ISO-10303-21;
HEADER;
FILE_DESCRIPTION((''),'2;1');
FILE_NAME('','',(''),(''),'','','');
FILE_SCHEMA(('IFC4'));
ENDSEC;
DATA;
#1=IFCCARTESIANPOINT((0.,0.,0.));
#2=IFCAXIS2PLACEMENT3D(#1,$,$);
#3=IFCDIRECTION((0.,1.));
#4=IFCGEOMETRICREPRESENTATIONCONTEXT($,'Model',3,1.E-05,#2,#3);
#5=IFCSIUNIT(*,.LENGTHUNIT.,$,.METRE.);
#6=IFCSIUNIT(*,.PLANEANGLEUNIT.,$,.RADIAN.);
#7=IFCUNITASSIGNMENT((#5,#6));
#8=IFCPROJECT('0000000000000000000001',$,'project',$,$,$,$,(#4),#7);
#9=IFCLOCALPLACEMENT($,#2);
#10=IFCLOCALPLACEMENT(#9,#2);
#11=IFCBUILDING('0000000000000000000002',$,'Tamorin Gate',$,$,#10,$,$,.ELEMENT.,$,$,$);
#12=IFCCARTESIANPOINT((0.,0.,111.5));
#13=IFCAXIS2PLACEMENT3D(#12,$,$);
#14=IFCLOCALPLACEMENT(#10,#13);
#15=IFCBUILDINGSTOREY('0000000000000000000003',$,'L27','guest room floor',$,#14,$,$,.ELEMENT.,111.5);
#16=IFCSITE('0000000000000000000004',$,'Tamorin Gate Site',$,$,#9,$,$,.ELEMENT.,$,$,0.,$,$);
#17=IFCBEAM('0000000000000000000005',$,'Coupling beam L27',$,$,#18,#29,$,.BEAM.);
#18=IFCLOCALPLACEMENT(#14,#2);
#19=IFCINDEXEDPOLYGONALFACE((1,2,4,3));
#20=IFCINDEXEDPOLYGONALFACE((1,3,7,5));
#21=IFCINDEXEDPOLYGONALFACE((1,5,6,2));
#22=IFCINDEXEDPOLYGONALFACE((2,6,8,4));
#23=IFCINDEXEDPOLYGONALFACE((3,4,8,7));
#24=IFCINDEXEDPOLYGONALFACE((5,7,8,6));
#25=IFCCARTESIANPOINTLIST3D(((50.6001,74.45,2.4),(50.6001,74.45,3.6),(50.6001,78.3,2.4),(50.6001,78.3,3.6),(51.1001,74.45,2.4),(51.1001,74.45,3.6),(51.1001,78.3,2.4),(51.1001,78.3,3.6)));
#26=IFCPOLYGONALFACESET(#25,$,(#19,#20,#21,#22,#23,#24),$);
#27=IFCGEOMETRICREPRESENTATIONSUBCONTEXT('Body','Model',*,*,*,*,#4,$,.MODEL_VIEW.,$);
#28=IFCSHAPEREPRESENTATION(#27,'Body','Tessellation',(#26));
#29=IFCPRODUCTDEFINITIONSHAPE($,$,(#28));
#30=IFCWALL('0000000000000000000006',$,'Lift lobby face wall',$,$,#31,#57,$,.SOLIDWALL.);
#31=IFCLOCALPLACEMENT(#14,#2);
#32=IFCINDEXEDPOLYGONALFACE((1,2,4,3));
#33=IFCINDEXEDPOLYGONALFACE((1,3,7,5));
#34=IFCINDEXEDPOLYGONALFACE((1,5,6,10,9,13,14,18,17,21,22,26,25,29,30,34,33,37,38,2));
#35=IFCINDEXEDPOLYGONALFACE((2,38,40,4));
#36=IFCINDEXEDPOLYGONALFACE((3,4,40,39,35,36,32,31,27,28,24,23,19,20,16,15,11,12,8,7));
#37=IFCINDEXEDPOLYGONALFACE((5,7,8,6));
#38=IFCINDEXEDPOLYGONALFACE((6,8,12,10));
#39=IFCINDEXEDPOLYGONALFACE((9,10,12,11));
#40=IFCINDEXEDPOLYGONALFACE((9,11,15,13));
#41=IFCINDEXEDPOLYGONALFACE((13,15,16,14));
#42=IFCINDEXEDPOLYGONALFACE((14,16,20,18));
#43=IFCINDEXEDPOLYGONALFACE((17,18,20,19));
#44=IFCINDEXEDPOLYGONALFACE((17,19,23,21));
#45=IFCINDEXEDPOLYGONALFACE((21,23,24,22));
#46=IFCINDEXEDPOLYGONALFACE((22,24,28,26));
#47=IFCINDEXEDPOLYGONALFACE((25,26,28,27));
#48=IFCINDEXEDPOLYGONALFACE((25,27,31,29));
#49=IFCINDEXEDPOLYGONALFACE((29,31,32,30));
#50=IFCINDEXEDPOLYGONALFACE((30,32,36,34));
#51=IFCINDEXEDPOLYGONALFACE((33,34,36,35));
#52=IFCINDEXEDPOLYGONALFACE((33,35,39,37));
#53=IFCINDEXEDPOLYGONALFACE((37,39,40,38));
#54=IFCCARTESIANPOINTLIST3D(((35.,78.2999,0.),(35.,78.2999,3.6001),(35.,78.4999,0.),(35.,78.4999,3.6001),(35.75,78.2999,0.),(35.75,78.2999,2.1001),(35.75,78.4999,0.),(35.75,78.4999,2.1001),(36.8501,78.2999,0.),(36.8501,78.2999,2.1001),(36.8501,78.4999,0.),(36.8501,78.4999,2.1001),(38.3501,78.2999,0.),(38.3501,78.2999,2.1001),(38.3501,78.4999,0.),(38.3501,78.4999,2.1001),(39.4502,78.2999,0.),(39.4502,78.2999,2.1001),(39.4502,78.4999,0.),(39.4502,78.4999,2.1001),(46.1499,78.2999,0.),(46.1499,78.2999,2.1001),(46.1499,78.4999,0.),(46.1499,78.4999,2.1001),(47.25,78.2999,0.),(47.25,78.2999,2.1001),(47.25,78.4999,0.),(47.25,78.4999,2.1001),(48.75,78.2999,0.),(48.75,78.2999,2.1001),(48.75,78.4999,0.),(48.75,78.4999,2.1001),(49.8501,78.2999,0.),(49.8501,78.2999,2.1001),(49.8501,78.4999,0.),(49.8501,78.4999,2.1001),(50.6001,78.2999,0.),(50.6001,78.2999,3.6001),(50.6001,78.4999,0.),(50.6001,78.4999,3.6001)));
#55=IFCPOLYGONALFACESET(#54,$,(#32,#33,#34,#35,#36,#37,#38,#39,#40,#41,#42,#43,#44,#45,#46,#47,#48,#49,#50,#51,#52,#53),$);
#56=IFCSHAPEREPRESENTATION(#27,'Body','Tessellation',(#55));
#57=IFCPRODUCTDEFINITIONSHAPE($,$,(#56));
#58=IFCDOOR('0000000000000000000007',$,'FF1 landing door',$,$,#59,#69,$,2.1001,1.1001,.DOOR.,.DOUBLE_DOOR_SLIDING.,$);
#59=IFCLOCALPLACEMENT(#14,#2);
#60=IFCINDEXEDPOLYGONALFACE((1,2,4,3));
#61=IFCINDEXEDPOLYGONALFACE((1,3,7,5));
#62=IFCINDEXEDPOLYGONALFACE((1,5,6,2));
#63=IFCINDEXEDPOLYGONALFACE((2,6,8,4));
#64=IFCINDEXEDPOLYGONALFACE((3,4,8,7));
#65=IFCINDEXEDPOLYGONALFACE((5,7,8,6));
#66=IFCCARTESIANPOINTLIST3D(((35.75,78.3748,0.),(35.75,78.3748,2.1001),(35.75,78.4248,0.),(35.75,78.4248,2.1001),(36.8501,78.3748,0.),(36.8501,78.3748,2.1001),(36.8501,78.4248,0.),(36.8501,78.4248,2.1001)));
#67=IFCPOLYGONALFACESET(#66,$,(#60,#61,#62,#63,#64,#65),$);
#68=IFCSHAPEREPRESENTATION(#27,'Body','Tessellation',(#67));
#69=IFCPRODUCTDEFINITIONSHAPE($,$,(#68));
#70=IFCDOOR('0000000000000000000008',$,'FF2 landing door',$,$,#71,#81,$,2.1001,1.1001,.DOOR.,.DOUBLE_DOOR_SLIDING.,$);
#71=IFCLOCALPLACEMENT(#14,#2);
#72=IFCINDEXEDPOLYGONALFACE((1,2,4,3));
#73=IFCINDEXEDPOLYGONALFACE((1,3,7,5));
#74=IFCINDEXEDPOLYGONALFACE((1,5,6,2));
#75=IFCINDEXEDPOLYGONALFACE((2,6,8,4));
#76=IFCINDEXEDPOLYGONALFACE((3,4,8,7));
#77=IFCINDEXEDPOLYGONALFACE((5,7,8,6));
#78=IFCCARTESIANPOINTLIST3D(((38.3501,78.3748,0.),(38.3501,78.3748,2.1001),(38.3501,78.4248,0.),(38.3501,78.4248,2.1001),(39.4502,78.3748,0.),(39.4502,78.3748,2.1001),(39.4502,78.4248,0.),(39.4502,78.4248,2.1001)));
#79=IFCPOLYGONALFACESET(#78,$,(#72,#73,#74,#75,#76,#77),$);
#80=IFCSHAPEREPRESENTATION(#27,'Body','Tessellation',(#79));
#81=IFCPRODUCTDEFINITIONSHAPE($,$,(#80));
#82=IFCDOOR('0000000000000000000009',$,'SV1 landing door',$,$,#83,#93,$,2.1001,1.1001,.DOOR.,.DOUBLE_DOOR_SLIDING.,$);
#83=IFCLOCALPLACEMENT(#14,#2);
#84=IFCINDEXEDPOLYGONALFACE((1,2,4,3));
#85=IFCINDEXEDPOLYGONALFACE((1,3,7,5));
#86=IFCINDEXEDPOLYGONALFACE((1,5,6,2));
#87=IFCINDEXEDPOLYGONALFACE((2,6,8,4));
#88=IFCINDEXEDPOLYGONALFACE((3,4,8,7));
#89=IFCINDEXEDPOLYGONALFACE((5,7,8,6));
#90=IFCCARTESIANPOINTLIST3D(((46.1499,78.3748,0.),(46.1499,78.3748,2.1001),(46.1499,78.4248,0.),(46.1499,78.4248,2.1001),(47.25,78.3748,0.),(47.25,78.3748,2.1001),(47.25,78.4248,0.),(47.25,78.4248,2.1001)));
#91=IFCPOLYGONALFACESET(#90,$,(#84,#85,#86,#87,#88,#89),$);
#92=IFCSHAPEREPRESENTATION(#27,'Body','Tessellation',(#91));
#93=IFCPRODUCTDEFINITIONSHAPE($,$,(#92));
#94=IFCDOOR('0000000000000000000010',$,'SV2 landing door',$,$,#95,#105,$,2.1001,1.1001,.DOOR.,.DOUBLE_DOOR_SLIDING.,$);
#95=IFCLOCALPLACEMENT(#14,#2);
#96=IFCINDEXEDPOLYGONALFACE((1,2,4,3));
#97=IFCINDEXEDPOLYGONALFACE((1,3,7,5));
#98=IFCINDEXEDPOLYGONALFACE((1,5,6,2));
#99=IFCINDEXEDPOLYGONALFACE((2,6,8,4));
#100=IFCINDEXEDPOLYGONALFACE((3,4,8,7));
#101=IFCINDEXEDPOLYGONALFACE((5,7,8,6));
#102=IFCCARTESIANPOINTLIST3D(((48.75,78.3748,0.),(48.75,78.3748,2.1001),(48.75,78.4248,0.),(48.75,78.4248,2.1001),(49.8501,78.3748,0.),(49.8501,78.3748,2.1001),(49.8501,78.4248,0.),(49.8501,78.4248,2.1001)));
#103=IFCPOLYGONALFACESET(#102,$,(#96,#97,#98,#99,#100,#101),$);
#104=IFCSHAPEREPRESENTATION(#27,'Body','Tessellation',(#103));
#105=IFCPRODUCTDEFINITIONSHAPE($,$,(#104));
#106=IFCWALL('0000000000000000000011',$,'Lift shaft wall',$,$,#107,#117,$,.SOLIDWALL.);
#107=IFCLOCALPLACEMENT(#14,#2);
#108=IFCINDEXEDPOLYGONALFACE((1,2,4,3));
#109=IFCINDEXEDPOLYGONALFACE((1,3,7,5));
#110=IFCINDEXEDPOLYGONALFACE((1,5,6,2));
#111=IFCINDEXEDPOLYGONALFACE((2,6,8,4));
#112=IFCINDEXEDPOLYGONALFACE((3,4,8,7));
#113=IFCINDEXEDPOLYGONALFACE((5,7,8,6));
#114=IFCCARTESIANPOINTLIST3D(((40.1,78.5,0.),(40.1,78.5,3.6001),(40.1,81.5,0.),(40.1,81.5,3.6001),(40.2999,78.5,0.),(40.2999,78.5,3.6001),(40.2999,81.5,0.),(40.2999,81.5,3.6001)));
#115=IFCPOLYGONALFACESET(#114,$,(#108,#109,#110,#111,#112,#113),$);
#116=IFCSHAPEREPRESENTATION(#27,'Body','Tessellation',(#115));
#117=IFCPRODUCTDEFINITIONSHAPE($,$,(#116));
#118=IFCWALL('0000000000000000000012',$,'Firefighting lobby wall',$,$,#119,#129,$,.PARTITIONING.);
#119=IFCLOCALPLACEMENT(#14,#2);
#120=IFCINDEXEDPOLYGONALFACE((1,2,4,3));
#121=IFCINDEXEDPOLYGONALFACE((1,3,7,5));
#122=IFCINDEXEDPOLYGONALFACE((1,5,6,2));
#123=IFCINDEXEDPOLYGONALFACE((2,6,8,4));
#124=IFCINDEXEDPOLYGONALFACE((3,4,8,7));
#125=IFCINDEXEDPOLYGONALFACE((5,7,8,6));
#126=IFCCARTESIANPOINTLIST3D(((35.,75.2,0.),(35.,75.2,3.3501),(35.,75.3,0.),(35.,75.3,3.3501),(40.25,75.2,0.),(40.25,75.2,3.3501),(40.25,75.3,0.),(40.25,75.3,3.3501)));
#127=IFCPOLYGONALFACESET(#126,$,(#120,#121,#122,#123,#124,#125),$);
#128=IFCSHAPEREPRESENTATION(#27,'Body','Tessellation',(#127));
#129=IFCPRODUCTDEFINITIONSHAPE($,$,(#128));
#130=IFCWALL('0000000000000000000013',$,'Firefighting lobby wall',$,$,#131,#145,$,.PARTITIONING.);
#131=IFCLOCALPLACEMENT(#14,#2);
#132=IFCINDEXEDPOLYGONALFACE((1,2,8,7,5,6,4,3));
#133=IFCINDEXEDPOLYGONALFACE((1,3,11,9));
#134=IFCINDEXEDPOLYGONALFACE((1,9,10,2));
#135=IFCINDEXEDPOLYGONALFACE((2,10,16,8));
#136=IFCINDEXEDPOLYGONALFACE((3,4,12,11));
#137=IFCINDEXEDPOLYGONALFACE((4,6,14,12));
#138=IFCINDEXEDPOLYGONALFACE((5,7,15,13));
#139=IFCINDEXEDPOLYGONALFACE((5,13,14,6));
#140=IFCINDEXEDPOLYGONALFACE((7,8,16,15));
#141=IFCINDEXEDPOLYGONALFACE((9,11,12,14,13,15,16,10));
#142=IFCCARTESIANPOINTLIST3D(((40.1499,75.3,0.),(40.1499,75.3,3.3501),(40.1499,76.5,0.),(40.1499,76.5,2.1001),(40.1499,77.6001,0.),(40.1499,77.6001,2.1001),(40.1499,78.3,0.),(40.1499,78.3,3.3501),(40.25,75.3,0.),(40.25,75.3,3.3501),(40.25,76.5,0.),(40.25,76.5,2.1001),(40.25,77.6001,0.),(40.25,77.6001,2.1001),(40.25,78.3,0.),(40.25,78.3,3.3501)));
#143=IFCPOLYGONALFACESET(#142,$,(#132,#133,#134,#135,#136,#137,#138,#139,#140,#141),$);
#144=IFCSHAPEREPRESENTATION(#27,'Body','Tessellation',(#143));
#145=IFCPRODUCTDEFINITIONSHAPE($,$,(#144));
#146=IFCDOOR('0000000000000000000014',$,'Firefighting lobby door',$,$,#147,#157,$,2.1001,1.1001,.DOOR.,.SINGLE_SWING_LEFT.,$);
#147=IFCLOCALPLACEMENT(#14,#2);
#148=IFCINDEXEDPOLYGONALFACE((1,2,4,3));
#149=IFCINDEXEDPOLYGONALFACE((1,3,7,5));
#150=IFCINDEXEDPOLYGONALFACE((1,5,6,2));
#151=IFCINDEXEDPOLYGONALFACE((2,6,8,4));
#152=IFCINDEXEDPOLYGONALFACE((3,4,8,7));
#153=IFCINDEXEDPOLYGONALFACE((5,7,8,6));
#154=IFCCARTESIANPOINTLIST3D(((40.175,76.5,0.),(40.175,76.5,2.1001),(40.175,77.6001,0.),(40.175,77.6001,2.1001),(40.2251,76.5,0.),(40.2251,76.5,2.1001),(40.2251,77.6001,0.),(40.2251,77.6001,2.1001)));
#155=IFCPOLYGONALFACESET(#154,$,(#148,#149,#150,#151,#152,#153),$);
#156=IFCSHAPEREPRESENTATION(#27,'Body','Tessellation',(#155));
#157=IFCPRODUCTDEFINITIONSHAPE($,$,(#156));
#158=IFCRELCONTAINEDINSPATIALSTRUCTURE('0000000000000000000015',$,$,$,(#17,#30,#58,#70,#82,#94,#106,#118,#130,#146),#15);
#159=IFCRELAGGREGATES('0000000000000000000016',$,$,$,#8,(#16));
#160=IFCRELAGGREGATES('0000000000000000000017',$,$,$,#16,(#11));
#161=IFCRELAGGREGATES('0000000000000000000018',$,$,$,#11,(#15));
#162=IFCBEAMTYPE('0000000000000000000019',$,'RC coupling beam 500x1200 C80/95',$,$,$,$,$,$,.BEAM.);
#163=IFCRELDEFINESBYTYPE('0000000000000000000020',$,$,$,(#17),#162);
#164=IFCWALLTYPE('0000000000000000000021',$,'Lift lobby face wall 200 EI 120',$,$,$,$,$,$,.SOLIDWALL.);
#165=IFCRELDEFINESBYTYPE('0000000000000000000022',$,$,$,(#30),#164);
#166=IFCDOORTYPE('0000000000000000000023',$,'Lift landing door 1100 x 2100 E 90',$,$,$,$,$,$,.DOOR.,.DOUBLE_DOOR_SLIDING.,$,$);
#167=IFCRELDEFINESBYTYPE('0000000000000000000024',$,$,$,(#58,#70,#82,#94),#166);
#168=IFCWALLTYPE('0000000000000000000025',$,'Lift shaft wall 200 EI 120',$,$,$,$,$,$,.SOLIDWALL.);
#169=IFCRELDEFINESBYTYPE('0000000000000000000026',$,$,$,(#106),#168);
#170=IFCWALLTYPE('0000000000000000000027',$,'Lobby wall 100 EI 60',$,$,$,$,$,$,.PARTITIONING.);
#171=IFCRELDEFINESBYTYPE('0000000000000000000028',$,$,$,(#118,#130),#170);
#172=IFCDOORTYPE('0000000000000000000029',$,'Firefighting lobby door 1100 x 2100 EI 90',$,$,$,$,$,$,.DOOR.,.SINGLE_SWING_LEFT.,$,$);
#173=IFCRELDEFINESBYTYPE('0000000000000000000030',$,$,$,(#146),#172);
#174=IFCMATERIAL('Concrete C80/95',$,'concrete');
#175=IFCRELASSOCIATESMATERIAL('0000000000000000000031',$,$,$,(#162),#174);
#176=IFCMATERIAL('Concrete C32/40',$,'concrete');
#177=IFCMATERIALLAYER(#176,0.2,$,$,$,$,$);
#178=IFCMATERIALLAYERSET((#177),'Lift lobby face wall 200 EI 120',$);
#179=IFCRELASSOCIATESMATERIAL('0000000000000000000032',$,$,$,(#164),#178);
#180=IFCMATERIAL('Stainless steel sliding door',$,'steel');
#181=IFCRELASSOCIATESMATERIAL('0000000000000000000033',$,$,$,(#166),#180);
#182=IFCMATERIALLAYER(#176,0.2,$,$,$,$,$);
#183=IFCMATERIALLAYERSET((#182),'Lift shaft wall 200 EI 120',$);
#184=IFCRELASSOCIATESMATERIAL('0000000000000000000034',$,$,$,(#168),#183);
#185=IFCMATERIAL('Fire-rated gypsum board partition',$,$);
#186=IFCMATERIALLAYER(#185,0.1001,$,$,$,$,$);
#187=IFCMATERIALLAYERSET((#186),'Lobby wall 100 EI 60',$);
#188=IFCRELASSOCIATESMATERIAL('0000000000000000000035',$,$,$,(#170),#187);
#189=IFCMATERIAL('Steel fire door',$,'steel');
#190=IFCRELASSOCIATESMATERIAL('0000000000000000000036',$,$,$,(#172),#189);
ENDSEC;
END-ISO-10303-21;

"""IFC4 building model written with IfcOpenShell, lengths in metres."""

from ifc_helpers import new_model, si_unit, direction, frame, frame_2d, origin, origin_2d, place, context, subcontext, project, spatial, rectangle, extrude, material, layer, layer_set, material_profile, profile_set, type_object, element, fill, save


model = new_model("IFC4")

# Units and contexts
model_context = context("Model", 3, precision=1e-05, world=origin(), true_north=direction((0.0, 1.0)))
body_context = subcontext(model_context, "Body", "Model", "MODEL_VIEW")
ifc_project = project(units=[si_unit("LENGTHUNIT", "METRE"), si_unit("PLANEANGLEUNIT", "RADIAN")], contexts=[model_context])

# Site, building, storey
site_placement = place(None, origin())
site = spatial("IfcSite", under=ifc_project, at=site_placement, Name="Tamorin Gate Site", CompositionType="ELEMENT", RefElevation=0.0)
building_placement = place(site_placement, origin())
building = spatial("IfcBuilding", under=site, at=building_placement, Name="Tamorin Gate", CompositionType="ELEMENT")
storey_placement = place(building_placement, frame((0.0, 0.0, 111.5)))
storey = spatial("IfcBuildingStorey", under=building, at=storey_placement, Name="L27", Description="guest room floor", CompositionType="ELEMENT", Elevation=111.5)

# Beam
ifc_material_1 = material(Name="Concrete C80/95", Category="concrete")
ifc_material_profile = material_profile(ifc_material_1, rectangle(XDim=0.5, YDim=1.2, at=origin_2d()), Name="RC 500x1200")
ifc_profile_set = profile_set([ifc_material_profile], Name="Concrete C80/95")
beam_type = type_object("IfcBeamType", Name="RC coupling beam 500x1200 C80/95", PredefinedType="BEAM", material=ifc_profile_set)
beam_placement = place(storey_placement, frame((50.8501, 74.45, 3.0), z_axis=(0.0, 1.0, 0.0), x_axis=(-1.0, 0.0, 0.0)))
element("IfcBeam", 1, at=beam_placement, inside=storey, type_object=beam_type, Name="Coupling beam L27", PredefinedType="BEAM", context=body_context, shape_type="SweptSolid", body=[
    extrude(rectangle(XDim=0.5, YDim=1.2, at=origin_2d()), origin(), (0.0, 0.0, 1.0), 3.8501),
])

# Wall, openings, doors
ifc_material_2 = material(Name="Concrete C32/40", Category="concrete")
ifc_layer_1 = layer(ifc_material_2, 0.2)
ifc_layer_set_1 = layer_set([ifc_layer_1], Name="Lift lobby face wall 200 EI 120")
wall_type_1 = type_object("IfcWallType", Name="Lift lobby face wall 200 EI 120", PredefinedType="SOLIDWALL", material=ifc_layer_set_1)
wall_1_placement = place(storey_placement, frame((35.0, 78.3999, 0.0), z_axis=(0.0, 0.0, 1.0), x_axis=(1.0, 0.0, 0.0)))
wall_1 = element("IfcWall", 2, at=wall_1_placement, inside=storey, type_object=wall_type_1, Name="Lift lobby face wall", PredefinedType="SOLIDWALL", context=body_context, shape_type="SweptSolid", body=[
    extrude(rectangle(XDim=15.6001, YDim=0.2, at=frame_2d((7.8, 0.0))), origin(), (0.0, 0.0, 1.0), 3.6001),
])
opening_1_placement = place(wall_1_placement, frame((0.75, 0.0, 0.0)))
opening_1 = element("IfcOpeningElement", 3, at=opening_1_placement, cuts=wall_1, PredefinedType="OPENING", context=body_context, shape_type="SweptSolid", body=[
    extrude(rectangle(XDim=1.1001, YDim=2.1001, at=frame_2d((0.55, 1.05))), frame((0.0, 0.1099, 0.0), z_axis=(0.0, -1.0, 0.0), x_axis=(1.0, 0.0, 0.0)), (0.0, 0.0, 1.0), 0.22),
])
opening_2_placement = place(wall_1_placement, frame((3.3501, 0.0, 0.0)))
opening_2 = element("IfcOpeningElement", 4, at=opening_2_placement, cuts=wall_1, PredefinedType="OPENING", context=body_context, shape_type="SweptSolid", body=[
    extrude(rectangle(XDim=1.1001, YDim=2.1001, at=frame_2d((0.55, 1.05))), frame((0.0, 0.1099, 0.0), z_axis=(0.0, -1.0, 0.0), x_axis=(1.0, 0.0, 0.0)), (0.0, 0.0, 1.0), 0.22),
])
opening_3_placement = place(wall_1_placement, frame((11.1499, 0.0, 0.0)))
opening_3 = element("IfcOpeningElement", 5, at=opening_3_placement, cuts=wall_1, PredefinedType="OPENING", context=body_context, shape_type="SweptSolid", body=[
    extrude(rectangle(XDim=1.1001, YDim=2.1001, at=frame_2d((0.55, 1.05))), frame((0.0, 0.1099, 0.0), z_axis=(0.0, -1.0, 0.0), x_axis=(1.0, 0.0, 0.0)), (0.0, 0.0, 1.0), 0.22),
])
opening_4_placement = place(wall_1_placement, frame((13.75, 0.0, 0.0)))
opening_4 = element("IfcOpeningElement", 6, at=opening_4_placement, cuts=wall_1, PredefinedType="OPENING", context=body_context, shape_type="SweptSolid", body=[
    extrude(rectangle(XDim=1.1001, YDim=2.1001, at=frame_2d((0.55, 1.05))), frame((0.0, 0.1099, 0.0), z_axis=(0.0, -1.0, 0.0), x_axis=(1.0, 0.0, 0.0)), (0.0, 0.0, 1.0), 0.22),
])
ifc_material_3 = material(Name="Stainless steel sliding door", Category="steel")
door_type_1 = type_object("IfcDoorType", Name="Lift landing door 1100 x 2100 E 90", OperationType="DOUBLE_DOOR_SLIDING", PredefinedType="DOOR", material=ifc_material_3)
door_1_placement = place(opening_1_placement, origin())
door_1 = element("IfcDoor", 7, at=door_1_placement, inside=storey, type_object=door_type_1, Name="FF1 landing door", OperationType="DOUBLE_DOOR_SLIDING", OverallHeight=2.1001, OverallWidth=1.1001, PredefinedType="DOOR", context=body_context, shape_type="SweptSolid", body=[
    extrude(rectangle(XDim=1.1001, YDim=2.1001, at=frame_2d((0.55, 1.05))), frame((0.0, 0.0249, 0.0), z_axis=(0.0, -1.0, 0.0), x_axis=(1.0, 0.0, 0.0)), (0.0, 0.0, 1.0), 0.05),
])
fill(opening_1, door_1)
door_2_placement = place(opening_2_placement, origin())
door_2 = element("IfcDoor", 8, at=door_2_placement, inside=storey, type_object=door_type_1, Name="FF2 landing door", OperationType="DOUBLE_DOOR_SLIDING", OverallHeight=2.1001, OverallWidth=1.1001, PredefinedType="DOOR", context=body_context, shape_type="SweptSolid", body=[
    extrude(rectangle(XDim=1.1001, YDim=2.1001, at=frame_2d((0.55, 1.05))), frame((0.0, 0.0249, 0.0), z_axis=(0.0, -1.0, 0.0), x_axis=(1.0, 0.0, 0.0)), (0.0, 0.0, 1.0), 0.05),
])
fill(opening_2, door_2)
door_3_placement = place(opening_3_placement, origin())
door_3 = element("IfcDoor", 9, at=door_3_placement, inside=storey, type_object=door_type_1, Name="SV1 landing door", OperationType="DOUBLE_DOOR_SLIDING", OverallHeight=2.1001, OverallWidth=1.1001, PredefinedType="DOOR", context=body_context, shape_type="SweptSolid", body=[
    extrude(rectangle(XDim=1.1001, YDim=2.1001, at=frame_2d((0.55, 1.05))), frame((0.0, 0.0249, 0.0), z_axis=(0.0, -1.0, 0.0), x_axis=(1.0, 0.0, 0.0)), (0.0, 0.0, 1.0), 0.05),
])
fill(opening_3, door_3)
door_4_placement = place(opening_4_placement, origin())
door_4 = element("IfcDoor", 10, at=door_4_placement, inside=storey, type_object=door_type_1, Name="SV2 landing door", OperationType="DOUBLE_DOOR_SLIDING", OverallHeight=2.1001, OverallWidth=1.1001, PredefinedType="DOOR", context=body_context, shape_type="SweptSolid", body=[
    extrude(rectangle(XDim=1.1001, YDim=2.1001, at=frame_2d((0.55, 1.05))), frame((0.0, 0.0249, 0.0), z_axis=(0.0, -1.0, 0.0), x_axis=(1.0, 0.0, 0.0)), (0.0, 0.0, 1.0), 0.05),
])
fill(opening_4, door_4)

# Walls
ifc_layer_2 = layer(ifc_material_2, 0.2)
ifc_layer_set_2 = layer_set([ifc_layer_2], Name="Lift shaft wall 200 EI 120")
wall_type_2 = type_object("IfcWallType", Name="Lift shaft wall 200 EI 120", PredefinedType="SOLIDWALL", material=ifc_layer_set_2)
wall_2_placement = place(storey_placement, frame((40.2, 78.5, 0.0), z_axis=(0.0, 0.0, 1.0), x_axis=(0.0, 1.0, 0.0)))
element("IfcWall", 11, at=wall_2_placement, inside=storey, type_object=wall_type_2, Name="Lift shaft wall", PredefinedType="SOLIDWALL", context=body_context, shape_type="SweptSolid", body=[
    extrude(rectangle(XDim=3.0, YDim=0.2, at=frame_2d((1.5, 0.0))), origin(), (0.0, 0.0, 1.0), 3.6001),
])
ifc_material_4 = material(Name="Fire-rated gypsum board partition")
ifc_layer_3 = layer(ifc_material_4, 0.1001)
ifc_layer_set_3 = layer_set([ifc_layer_3], Name="Lobby wall 100 EI 60")
wall_type_3 = type_object("IfcWallType", Name="Lobby wall 100 EI 60", PredefinedType="PARTITIONING", material=ifc_layer_set_3)
wall_3_placement = place(storey_placement, frame((35.0, 75.25, 0.0), z_axis=(0.0, 0.0, 1.0), x_axis=(1.0, 0.0, 0.0)))
element("IfcWall", 12, at=wall_3_placement, inside=storey, type_object=wall_type_3, Name="Firefighting lobby wall", PredefinedType="PARTITIONING", context=body_context, shape_type="SweptSolid", body=[
    extrude(rectangle(XDim=5.25, YDim=0.1001, at=frame_2d((2.625, 0.0))), origin(), (0.0, 0.0, 1.0), 3.3501),
])

# Wall, opening, door
wall_4_placement = place(storey_placement, frame((40.2, 75.3, 0.0), z_axis=(0.0, 0.0, 1.0), x_axis=(0.0, 1.0, 0.0)))
wall_4 = element("IfcWall", 13, at=wall_4_placement, inside=storey, type_object=wall_type_3, Name="Firefighting lobby wall", PredefinedType="PARTITIONING", context=body_context, shape_type="SweptSolid", body=[
    extrude(rectangle(XDim=3.0, YDim=0.1001, at=frame_2d((1.5, 0.0))), origin(), (0.0, 0.0, 1.0), 3.3501),
])
opening_5_placement = place(wall_4_placement, frame((1.2, 0.0, 0.0)))
opening_5 = element("IfcOpeningElement", 14, at=opening_5_placement, cuts=wall_4, PredefinedType="OPENING", context=body_context, shape_type="SweptSolid", body=[
    extrude(rectangle(XDim=1.1001, YDim=2.1001, at=frame_2d((0.55, 1.05))), frame((0.0, 0.0601, 0.0), z_axis=(0.0, -1.0, 0.0), x_axis=(1.0, 0.0, 0.0)), (0.0, 0.0, 1.0), 0.1201),
])
ifc_material_5 = material(Name="Steel fire door", Category="steel")
door_type_2 = type_object("IfcDoorType", Name="Firefighting lobby door 1100 x 2100 EI 90", OperationType="SINGLE_SWING_LEFT", PredefinedType="DOOR", material=ifc_material_5)
door_5_placement = place(opening_5_placement, origin())
door_5 = element("IfcDoor", 15, at=door_5_placement, inside=storey, type_object=door_type_2, Name="Firefighting lobby door", OperationType="SINGLE_SWING_LEFT", OverallHeight=2.1001, OverallWidth=1.1001, PredefinedType="DOOR", context=body_context, shape_type="SweptSolid", body=[
    extrude(rectangle(XDim=1.1001, YDim=2.1001, at=frame_2d((0.55, 1.05))), frame((0.0, 0.0249, 0.0), z_axis=(0.0, -1.0, 0.0), x_axis=(1.0, 0.0, 0.0)), (0.0, 0.0, 1.0), 0.05),
])
fill(opening_5, door_5)

save(model, "model.ifc")
